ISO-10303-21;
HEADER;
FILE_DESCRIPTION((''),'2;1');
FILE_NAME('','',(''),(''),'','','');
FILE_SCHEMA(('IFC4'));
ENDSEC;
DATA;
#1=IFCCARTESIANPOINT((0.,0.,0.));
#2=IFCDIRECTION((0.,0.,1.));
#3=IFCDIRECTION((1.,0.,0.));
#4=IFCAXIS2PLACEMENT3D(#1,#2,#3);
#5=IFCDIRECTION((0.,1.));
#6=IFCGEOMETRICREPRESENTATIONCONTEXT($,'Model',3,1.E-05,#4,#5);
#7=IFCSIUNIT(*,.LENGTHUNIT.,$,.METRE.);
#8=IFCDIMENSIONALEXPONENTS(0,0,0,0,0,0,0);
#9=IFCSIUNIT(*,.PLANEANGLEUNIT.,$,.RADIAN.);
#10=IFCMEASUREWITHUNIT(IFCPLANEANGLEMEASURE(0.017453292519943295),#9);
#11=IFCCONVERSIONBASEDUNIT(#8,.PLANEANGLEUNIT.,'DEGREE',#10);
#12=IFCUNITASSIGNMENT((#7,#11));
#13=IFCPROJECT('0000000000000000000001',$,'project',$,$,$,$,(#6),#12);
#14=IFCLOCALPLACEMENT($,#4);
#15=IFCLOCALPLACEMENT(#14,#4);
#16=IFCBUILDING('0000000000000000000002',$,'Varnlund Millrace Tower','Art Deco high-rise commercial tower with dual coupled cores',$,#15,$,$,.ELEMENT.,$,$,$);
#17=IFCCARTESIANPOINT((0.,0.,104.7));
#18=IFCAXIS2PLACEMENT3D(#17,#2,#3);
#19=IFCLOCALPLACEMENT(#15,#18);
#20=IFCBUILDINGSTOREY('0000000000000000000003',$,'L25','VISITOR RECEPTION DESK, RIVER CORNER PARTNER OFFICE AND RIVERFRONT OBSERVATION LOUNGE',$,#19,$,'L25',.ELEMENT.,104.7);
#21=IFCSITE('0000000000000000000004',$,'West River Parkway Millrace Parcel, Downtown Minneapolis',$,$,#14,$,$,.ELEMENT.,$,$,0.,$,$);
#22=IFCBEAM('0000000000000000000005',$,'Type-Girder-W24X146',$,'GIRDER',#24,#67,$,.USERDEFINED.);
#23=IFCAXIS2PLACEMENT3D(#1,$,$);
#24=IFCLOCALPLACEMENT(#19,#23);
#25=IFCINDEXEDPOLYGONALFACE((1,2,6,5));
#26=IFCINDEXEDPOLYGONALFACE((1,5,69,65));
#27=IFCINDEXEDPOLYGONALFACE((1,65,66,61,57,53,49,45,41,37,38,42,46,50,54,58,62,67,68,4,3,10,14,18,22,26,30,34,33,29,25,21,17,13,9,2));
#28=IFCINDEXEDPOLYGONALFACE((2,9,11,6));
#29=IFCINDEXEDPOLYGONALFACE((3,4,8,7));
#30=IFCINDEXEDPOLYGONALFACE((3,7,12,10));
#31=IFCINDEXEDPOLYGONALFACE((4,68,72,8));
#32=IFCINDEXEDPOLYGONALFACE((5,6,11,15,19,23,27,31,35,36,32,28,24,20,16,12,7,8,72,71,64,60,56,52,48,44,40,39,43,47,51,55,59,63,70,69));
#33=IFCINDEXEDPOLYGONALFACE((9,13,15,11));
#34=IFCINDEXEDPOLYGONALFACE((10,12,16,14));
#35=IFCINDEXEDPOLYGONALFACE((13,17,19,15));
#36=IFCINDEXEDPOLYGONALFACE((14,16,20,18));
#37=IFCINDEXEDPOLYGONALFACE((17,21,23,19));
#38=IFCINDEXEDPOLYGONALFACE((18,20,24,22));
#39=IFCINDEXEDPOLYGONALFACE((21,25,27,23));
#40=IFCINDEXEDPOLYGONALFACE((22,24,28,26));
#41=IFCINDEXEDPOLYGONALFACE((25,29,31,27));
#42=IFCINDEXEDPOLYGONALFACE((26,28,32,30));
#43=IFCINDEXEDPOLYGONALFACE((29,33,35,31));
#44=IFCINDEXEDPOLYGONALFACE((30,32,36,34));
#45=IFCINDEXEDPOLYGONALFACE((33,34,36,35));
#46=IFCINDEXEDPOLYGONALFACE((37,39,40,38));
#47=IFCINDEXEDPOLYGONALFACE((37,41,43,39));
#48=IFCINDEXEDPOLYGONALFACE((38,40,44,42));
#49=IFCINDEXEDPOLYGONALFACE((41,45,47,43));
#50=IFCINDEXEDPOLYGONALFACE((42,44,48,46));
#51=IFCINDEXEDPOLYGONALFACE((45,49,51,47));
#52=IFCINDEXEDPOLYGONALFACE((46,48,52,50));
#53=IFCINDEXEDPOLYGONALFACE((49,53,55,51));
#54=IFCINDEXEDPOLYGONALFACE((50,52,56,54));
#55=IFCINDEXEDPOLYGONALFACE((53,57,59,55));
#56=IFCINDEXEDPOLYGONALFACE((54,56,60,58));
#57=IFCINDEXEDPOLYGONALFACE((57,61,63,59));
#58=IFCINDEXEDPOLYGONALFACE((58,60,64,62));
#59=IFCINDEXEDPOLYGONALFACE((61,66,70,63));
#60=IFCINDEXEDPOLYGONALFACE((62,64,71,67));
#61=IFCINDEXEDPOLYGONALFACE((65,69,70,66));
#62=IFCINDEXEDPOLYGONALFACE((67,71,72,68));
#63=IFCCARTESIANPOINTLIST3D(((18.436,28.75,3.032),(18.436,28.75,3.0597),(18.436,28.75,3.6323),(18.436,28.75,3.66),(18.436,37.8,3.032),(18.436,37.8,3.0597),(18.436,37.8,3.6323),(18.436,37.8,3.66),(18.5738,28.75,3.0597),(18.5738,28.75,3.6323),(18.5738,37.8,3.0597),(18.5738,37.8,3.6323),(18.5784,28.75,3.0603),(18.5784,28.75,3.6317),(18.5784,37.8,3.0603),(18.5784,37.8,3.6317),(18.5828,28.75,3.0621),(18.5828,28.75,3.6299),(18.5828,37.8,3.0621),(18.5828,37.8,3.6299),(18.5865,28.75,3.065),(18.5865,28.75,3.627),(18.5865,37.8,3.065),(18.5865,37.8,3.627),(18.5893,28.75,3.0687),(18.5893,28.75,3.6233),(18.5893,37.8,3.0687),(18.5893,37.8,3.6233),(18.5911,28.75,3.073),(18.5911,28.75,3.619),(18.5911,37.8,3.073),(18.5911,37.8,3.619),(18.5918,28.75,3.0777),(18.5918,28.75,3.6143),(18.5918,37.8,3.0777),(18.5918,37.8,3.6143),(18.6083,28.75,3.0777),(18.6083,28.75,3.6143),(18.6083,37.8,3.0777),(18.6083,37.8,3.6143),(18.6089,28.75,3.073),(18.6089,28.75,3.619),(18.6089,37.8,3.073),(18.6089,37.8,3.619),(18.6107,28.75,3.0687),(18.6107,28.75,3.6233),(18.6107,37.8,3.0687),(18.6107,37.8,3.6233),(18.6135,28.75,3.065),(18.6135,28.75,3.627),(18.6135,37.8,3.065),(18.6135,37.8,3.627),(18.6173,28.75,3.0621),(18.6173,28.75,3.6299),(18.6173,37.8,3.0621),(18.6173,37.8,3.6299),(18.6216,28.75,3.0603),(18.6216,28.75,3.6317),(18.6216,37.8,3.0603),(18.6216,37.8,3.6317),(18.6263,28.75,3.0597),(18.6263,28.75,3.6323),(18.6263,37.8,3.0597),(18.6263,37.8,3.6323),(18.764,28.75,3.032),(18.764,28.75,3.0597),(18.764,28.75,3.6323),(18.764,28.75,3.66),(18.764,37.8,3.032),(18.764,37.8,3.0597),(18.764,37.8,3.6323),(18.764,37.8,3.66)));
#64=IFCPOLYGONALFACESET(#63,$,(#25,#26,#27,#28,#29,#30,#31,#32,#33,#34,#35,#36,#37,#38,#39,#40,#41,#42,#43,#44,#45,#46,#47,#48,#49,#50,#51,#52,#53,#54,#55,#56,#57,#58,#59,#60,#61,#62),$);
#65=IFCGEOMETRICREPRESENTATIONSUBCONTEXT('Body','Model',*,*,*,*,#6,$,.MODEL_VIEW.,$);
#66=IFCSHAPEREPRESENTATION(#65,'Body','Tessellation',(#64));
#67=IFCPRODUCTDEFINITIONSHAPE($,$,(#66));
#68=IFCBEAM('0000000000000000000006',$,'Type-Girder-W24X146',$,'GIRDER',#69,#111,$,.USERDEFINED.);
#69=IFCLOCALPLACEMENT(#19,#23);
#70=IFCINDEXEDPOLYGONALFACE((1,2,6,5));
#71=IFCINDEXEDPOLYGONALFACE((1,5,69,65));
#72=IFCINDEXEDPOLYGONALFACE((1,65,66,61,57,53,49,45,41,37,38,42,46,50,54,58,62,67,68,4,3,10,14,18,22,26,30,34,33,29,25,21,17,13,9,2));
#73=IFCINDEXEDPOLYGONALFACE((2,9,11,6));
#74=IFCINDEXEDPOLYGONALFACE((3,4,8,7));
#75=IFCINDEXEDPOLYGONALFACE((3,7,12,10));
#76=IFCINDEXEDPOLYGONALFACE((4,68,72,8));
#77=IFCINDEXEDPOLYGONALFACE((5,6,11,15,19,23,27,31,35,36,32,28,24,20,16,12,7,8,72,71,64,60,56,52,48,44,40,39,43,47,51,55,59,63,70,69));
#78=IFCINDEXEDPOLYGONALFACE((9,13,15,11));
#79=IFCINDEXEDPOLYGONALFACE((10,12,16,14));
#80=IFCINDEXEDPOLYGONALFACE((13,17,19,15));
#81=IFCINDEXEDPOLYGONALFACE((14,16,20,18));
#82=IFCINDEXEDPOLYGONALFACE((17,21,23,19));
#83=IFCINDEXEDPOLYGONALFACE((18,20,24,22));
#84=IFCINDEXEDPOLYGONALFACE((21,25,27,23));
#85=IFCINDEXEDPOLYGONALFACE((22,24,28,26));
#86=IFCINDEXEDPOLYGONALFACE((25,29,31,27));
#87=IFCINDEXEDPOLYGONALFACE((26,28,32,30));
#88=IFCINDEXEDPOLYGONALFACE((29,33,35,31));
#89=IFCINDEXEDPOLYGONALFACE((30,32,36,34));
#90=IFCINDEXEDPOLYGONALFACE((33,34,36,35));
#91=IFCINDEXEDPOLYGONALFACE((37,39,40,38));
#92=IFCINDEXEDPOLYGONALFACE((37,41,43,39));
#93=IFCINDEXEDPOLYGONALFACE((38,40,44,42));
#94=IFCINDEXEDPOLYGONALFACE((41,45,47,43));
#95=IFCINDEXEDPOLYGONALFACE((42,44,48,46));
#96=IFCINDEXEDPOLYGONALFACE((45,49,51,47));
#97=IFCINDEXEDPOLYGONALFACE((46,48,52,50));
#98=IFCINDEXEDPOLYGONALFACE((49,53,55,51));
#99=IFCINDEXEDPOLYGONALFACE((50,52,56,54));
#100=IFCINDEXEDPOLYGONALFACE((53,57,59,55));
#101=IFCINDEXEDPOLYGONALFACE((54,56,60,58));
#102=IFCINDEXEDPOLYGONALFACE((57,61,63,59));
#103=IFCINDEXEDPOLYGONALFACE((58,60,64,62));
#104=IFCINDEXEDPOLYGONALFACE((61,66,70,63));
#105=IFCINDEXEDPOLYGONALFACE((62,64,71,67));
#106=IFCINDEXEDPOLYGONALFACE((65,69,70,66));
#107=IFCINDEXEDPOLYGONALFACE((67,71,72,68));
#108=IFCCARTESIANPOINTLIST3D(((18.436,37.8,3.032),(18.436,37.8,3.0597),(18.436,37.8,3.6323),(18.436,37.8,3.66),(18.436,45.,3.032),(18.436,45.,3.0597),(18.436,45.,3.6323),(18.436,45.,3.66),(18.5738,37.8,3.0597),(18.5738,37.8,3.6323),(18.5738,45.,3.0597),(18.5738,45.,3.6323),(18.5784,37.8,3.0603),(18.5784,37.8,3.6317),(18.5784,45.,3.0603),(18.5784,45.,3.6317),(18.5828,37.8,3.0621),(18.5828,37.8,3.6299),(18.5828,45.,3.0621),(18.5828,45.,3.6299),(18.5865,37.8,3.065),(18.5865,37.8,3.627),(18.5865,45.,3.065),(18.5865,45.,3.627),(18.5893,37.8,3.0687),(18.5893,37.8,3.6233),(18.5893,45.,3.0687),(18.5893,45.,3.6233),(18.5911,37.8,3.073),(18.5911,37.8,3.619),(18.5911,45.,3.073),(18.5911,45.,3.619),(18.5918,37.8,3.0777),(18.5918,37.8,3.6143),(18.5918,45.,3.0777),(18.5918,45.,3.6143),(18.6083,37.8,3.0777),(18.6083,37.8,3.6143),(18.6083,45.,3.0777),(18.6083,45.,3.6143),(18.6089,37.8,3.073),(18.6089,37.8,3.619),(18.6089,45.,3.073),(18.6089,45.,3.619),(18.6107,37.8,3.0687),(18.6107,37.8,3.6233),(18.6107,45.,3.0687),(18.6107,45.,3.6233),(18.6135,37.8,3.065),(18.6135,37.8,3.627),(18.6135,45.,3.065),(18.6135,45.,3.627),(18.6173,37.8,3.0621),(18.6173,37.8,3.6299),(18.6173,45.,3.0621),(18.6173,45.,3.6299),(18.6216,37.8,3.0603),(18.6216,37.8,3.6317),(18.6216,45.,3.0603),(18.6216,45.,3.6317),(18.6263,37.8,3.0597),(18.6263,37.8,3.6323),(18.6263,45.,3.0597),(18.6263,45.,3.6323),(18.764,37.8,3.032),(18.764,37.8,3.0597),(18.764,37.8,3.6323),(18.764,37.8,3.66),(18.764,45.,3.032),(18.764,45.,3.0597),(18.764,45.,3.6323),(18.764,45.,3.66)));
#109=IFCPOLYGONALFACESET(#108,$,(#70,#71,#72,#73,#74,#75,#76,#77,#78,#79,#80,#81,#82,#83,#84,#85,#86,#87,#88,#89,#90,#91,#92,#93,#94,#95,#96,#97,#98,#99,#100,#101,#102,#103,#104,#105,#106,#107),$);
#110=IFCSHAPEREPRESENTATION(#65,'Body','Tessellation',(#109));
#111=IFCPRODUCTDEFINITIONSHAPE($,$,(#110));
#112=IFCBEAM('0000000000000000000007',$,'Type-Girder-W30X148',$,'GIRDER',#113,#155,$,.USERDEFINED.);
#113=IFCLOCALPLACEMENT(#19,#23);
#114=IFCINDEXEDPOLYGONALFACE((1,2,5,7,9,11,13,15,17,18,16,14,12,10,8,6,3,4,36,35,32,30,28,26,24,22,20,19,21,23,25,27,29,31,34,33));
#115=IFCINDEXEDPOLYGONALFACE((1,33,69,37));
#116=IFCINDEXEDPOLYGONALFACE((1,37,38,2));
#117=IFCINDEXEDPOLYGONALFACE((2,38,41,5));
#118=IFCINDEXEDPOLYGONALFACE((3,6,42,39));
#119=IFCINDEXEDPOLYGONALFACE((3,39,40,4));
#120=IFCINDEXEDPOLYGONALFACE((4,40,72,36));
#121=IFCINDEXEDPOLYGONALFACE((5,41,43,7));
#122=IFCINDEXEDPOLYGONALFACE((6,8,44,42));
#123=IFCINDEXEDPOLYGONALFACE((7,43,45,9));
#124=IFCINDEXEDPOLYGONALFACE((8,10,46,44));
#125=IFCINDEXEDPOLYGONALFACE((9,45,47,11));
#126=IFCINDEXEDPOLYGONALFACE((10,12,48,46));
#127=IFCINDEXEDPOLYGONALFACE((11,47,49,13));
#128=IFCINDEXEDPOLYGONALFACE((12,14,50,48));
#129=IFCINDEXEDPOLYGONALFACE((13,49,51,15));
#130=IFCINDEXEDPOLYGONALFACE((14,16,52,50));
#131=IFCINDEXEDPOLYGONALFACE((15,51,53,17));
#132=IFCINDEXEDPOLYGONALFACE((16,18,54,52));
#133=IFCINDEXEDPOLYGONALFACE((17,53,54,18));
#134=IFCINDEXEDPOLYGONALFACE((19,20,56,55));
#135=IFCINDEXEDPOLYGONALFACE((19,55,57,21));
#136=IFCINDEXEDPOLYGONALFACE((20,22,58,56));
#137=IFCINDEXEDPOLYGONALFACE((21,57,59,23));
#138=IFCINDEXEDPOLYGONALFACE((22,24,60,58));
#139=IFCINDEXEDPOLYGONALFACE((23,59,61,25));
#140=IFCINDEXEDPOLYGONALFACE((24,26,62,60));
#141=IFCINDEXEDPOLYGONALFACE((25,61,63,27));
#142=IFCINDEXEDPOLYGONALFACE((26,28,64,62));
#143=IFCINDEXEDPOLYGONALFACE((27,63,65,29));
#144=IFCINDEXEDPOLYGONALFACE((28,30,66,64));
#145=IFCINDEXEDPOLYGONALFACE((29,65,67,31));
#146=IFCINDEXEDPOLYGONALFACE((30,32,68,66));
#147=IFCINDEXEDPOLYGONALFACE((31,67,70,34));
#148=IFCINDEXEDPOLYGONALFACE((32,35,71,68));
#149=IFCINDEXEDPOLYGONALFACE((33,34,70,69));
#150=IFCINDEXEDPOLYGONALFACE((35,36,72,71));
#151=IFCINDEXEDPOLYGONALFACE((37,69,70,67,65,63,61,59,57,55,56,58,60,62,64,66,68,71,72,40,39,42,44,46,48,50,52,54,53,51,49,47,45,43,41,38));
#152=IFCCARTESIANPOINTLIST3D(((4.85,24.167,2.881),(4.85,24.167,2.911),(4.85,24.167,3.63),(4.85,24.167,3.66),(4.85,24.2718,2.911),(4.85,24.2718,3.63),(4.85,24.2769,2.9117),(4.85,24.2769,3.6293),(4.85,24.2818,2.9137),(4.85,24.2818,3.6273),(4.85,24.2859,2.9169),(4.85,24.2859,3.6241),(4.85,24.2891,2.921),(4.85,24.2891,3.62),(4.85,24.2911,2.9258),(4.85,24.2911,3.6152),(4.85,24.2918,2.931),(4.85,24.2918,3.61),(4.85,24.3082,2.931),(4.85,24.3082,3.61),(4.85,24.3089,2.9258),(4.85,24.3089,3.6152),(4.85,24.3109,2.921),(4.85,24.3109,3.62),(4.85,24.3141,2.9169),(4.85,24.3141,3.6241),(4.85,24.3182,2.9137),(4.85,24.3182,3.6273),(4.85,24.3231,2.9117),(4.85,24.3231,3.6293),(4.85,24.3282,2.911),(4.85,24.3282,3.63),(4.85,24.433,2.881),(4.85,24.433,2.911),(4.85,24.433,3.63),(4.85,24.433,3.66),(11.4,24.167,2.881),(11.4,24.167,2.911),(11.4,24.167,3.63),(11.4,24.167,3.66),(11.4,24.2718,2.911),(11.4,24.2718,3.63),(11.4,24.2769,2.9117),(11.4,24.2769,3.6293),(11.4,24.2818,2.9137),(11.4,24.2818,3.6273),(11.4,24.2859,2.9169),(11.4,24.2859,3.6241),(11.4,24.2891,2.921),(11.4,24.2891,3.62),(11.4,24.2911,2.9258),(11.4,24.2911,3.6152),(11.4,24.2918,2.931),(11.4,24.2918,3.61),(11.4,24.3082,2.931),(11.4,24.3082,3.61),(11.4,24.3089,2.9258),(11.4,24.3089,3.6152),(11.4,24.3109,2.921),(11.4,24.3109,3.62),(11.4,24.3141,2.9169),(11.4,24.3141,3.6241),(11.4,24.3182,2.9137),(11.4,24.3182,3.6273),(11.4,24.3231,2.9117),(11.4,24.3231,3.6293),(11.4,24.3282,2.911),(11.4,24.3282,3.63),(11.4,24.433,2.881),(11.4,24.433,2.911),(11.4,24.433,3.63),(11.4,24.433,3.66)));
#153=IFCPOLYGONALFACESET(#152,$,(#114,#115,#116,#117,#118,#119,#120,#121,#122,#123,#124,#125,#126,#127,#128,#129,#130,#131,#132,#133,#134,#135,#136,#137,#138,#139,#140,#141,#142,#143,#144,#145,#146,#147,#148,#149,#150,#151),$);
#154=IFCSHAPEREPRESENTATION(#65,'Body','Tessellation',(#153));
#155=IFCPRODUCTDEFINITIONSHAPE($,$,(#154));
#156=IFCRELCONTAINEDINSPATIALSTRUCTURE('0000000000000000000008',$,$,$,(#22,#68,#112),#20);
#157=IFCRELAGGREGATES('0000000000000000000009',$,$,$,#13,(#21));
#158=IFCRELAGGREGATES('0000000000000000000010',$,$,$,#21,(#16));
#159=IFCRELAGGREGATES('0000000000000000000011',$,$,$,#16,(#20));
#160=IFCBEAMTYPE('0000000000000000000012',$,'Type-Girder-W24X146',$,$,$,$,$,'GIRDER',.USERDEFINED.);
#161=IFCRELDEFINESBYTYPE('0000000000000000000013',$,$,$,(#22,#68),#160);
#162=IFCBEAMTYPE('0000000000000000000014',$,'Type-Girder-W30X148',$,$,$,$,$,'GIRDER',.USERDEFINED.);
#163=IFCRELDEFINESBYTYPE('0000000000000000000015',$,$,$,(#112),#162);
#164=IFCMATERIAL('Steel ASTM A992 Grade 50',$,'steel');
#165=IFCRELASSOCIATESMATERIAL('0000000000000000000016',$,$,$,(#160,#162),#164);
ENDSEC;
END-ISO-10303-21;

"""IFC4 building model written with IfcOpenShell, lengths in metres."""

from ifc_helpers import new_model, entity, si_unit, converted_unit, direction, frame, origin_with_axes, origin_2d_with_axis, place, context, subcontext, project, spatial, i_section, extrude, material, material_profile, profile_set, type_object, element, save


model = new_model("IFC4")

# Units and contexts
model_context = context("Model", 3, precision=1e-05, world=origin_with_axes(), true_north=direction((0.0, 1.0)))
body_context = subcontext(model_context, "Body", "Model", "MODEL_VIEW")
ifc_project = project(units=[si_unit("LENGTHUNIT", "METRE"), converted_unit("PLANEANGLEUNIT", "DEGREE", entity("IfcPlaneAngleMeasure", 0.017453292519943295), si_unit("PLANEANGLEUNIT", "RADIAN"), dimensions=[0, 0, 0, 0, 0, 0, 0])], contexts=[model_context])

# Site, building, storey
site_placement = place(None, origin_with_axes())
site = spatial("IfcSite", under=ifc_project, at=site_placement, Name="West River Parkway Millrace Parcel, Downtown Minneapolis", CompositionType="ELEMENT", RefElevation=0.0)
building_placement = place(site_placement, origin_with_axes())
building = spatial("IfcBuilding", under=site, at=building_placement, Name="Varnlund Millrace Tower", Description="Art Deco high-rise commercial tower with dual coupled cores", CompositionType="ELEMENT")
storey_placement = place(building_placement, frame((0.0, 0.0, 104.7), z_axis=(0.0, 0.0, 1.0), x_axis=(1.0, 0.0, 0.0)))
storey = spatial("IfcBuildingStorey", under=building, at=storey_placement, Name="L25", Description="VISITOR RECEPTION DESK, RIVER CORNER PARTNER OFFICE AND RIVERFRONT OBSERVATION LOUNGE", LongName="L25", CompositionType="ELEMENT", Elevation=104.7)

# Beams
ifc_material_1 = material(Name="Steel ASTM A992 Grade 50", Category="steel")
ifc_material_profile_1 = material_profile(ifc_material_1, i_section(OverallWidth=0.328, OverallDepth=0.628, WebThickness=0.0165, FlangeThickness=0.0277, FilletRadius=0.018, at=origin_2d_with_axis()), Name="Steel ASTM A992 Grade 50")
ifc_profile_set_1 = profile_set([ifc_material_profile_1], Name="Steel ASTM A992 Grade 50")
beam_type_1 = type_object("IfcBeamType", Name="Type-Girder-W24X146", ElementType="GIRDER", PredefinedType="USERDEFINED", material=ifc_profile_set_1)
beam_1_placement = place(storey_placement, frame((18.6, 28.75, 3.346), z_axis=(0.0, 1.0, 0.0), x_axis=(-1.0, 0.0, 0.0)))
element("IfcBeam", 1, at=beam_1_placement, inside=storey, type_object=beam_type_1, Name="Type-Girder-W24X146", ObjectType="GIRDER", PredefinedType="USERDEFINED", context=body_context, shape_type="SweptSolid", body=[
    extrude(i_section(OverallWidth=0.328, OverallDepth=0.628, WebThickness=0.0165, FlangeThickness=0.0277, FilletRadius=0.018, at=origin_2d_with_axis()), origin_with_axes(), (0.0, 0.0, 1.0), 9.05),
])
beam_2_placement = place(storey_placement, frame((18.6, 37.8, 3.346), z_axis=(0.0, 1.0, 0.0), x_axis=(-1.0, 0.0, 0.0)))
element("IfcBeam", 2, at=beam_2_placement, inside=storey, type_object=beam_type_1, Name="Type-Girder-W24X146", ObjectType="GIRDER", PredefinedType="USERDEFINED", context=body_context, shape_type="SweptSolid", body=[
    extrude(i_section(OverallWidth=0.328, OverallDepth=0.628, WebThickness=0.0165, FlangeThickness=0.0277, FilletRadius=0.018, at=origin_2d_with_axis()), origin_with_axes(), (0.0, 0.0, 1.0), 7.2),
])
ifc_material_profile_2 = material_profile(ifc_material_1, i_section(OverallWidth=0.266, OverallDepth=0.779, WebThickness=0.0165, FlangeThickness=0.03, FilletRadius=0.02, at=origin_2d_with_axis()), Name="Steel ASTM A992 Grade 50")
ifc_profile_set_2 = profile_set([ifc_material_profile_2], Name="Steel ASTM A992 Grade 50")
beam_type_2 = type_object("IfcBeamType", Name="Type-Girder-W30X148", ElementType="GIRDER", PredefinedType="USERDEFINED", material=ifc_profile_set_2)
beam_3_placement = place(storey_placement, frame((4.85, 24.3, 3.2705), z_axis=(1.0, 0.0, 0.0), x_axis=(0.0, 1.0, 0.0)))
element("IfcBeam", 3, at=beam_3_placement, inside=storey, type_object=beam_type_2, Name="Type-Girder-W30X148", ObjectType="GIRDER", PredefinedType="USERDEFINED", context=body_context, shape_type="SweptSolid", body=[
    extrude(i_section(OverallWidth=0.266, OverallDepth=0.779, WebThickness=0.0165, FlangeThickness=0.03, FilletRadius=0.02, at=origin_2d_with_axis()), origin_with_axes(), (0.0, 0.0, 1.0), 6.55),
])

save(model, "model.ifc")
